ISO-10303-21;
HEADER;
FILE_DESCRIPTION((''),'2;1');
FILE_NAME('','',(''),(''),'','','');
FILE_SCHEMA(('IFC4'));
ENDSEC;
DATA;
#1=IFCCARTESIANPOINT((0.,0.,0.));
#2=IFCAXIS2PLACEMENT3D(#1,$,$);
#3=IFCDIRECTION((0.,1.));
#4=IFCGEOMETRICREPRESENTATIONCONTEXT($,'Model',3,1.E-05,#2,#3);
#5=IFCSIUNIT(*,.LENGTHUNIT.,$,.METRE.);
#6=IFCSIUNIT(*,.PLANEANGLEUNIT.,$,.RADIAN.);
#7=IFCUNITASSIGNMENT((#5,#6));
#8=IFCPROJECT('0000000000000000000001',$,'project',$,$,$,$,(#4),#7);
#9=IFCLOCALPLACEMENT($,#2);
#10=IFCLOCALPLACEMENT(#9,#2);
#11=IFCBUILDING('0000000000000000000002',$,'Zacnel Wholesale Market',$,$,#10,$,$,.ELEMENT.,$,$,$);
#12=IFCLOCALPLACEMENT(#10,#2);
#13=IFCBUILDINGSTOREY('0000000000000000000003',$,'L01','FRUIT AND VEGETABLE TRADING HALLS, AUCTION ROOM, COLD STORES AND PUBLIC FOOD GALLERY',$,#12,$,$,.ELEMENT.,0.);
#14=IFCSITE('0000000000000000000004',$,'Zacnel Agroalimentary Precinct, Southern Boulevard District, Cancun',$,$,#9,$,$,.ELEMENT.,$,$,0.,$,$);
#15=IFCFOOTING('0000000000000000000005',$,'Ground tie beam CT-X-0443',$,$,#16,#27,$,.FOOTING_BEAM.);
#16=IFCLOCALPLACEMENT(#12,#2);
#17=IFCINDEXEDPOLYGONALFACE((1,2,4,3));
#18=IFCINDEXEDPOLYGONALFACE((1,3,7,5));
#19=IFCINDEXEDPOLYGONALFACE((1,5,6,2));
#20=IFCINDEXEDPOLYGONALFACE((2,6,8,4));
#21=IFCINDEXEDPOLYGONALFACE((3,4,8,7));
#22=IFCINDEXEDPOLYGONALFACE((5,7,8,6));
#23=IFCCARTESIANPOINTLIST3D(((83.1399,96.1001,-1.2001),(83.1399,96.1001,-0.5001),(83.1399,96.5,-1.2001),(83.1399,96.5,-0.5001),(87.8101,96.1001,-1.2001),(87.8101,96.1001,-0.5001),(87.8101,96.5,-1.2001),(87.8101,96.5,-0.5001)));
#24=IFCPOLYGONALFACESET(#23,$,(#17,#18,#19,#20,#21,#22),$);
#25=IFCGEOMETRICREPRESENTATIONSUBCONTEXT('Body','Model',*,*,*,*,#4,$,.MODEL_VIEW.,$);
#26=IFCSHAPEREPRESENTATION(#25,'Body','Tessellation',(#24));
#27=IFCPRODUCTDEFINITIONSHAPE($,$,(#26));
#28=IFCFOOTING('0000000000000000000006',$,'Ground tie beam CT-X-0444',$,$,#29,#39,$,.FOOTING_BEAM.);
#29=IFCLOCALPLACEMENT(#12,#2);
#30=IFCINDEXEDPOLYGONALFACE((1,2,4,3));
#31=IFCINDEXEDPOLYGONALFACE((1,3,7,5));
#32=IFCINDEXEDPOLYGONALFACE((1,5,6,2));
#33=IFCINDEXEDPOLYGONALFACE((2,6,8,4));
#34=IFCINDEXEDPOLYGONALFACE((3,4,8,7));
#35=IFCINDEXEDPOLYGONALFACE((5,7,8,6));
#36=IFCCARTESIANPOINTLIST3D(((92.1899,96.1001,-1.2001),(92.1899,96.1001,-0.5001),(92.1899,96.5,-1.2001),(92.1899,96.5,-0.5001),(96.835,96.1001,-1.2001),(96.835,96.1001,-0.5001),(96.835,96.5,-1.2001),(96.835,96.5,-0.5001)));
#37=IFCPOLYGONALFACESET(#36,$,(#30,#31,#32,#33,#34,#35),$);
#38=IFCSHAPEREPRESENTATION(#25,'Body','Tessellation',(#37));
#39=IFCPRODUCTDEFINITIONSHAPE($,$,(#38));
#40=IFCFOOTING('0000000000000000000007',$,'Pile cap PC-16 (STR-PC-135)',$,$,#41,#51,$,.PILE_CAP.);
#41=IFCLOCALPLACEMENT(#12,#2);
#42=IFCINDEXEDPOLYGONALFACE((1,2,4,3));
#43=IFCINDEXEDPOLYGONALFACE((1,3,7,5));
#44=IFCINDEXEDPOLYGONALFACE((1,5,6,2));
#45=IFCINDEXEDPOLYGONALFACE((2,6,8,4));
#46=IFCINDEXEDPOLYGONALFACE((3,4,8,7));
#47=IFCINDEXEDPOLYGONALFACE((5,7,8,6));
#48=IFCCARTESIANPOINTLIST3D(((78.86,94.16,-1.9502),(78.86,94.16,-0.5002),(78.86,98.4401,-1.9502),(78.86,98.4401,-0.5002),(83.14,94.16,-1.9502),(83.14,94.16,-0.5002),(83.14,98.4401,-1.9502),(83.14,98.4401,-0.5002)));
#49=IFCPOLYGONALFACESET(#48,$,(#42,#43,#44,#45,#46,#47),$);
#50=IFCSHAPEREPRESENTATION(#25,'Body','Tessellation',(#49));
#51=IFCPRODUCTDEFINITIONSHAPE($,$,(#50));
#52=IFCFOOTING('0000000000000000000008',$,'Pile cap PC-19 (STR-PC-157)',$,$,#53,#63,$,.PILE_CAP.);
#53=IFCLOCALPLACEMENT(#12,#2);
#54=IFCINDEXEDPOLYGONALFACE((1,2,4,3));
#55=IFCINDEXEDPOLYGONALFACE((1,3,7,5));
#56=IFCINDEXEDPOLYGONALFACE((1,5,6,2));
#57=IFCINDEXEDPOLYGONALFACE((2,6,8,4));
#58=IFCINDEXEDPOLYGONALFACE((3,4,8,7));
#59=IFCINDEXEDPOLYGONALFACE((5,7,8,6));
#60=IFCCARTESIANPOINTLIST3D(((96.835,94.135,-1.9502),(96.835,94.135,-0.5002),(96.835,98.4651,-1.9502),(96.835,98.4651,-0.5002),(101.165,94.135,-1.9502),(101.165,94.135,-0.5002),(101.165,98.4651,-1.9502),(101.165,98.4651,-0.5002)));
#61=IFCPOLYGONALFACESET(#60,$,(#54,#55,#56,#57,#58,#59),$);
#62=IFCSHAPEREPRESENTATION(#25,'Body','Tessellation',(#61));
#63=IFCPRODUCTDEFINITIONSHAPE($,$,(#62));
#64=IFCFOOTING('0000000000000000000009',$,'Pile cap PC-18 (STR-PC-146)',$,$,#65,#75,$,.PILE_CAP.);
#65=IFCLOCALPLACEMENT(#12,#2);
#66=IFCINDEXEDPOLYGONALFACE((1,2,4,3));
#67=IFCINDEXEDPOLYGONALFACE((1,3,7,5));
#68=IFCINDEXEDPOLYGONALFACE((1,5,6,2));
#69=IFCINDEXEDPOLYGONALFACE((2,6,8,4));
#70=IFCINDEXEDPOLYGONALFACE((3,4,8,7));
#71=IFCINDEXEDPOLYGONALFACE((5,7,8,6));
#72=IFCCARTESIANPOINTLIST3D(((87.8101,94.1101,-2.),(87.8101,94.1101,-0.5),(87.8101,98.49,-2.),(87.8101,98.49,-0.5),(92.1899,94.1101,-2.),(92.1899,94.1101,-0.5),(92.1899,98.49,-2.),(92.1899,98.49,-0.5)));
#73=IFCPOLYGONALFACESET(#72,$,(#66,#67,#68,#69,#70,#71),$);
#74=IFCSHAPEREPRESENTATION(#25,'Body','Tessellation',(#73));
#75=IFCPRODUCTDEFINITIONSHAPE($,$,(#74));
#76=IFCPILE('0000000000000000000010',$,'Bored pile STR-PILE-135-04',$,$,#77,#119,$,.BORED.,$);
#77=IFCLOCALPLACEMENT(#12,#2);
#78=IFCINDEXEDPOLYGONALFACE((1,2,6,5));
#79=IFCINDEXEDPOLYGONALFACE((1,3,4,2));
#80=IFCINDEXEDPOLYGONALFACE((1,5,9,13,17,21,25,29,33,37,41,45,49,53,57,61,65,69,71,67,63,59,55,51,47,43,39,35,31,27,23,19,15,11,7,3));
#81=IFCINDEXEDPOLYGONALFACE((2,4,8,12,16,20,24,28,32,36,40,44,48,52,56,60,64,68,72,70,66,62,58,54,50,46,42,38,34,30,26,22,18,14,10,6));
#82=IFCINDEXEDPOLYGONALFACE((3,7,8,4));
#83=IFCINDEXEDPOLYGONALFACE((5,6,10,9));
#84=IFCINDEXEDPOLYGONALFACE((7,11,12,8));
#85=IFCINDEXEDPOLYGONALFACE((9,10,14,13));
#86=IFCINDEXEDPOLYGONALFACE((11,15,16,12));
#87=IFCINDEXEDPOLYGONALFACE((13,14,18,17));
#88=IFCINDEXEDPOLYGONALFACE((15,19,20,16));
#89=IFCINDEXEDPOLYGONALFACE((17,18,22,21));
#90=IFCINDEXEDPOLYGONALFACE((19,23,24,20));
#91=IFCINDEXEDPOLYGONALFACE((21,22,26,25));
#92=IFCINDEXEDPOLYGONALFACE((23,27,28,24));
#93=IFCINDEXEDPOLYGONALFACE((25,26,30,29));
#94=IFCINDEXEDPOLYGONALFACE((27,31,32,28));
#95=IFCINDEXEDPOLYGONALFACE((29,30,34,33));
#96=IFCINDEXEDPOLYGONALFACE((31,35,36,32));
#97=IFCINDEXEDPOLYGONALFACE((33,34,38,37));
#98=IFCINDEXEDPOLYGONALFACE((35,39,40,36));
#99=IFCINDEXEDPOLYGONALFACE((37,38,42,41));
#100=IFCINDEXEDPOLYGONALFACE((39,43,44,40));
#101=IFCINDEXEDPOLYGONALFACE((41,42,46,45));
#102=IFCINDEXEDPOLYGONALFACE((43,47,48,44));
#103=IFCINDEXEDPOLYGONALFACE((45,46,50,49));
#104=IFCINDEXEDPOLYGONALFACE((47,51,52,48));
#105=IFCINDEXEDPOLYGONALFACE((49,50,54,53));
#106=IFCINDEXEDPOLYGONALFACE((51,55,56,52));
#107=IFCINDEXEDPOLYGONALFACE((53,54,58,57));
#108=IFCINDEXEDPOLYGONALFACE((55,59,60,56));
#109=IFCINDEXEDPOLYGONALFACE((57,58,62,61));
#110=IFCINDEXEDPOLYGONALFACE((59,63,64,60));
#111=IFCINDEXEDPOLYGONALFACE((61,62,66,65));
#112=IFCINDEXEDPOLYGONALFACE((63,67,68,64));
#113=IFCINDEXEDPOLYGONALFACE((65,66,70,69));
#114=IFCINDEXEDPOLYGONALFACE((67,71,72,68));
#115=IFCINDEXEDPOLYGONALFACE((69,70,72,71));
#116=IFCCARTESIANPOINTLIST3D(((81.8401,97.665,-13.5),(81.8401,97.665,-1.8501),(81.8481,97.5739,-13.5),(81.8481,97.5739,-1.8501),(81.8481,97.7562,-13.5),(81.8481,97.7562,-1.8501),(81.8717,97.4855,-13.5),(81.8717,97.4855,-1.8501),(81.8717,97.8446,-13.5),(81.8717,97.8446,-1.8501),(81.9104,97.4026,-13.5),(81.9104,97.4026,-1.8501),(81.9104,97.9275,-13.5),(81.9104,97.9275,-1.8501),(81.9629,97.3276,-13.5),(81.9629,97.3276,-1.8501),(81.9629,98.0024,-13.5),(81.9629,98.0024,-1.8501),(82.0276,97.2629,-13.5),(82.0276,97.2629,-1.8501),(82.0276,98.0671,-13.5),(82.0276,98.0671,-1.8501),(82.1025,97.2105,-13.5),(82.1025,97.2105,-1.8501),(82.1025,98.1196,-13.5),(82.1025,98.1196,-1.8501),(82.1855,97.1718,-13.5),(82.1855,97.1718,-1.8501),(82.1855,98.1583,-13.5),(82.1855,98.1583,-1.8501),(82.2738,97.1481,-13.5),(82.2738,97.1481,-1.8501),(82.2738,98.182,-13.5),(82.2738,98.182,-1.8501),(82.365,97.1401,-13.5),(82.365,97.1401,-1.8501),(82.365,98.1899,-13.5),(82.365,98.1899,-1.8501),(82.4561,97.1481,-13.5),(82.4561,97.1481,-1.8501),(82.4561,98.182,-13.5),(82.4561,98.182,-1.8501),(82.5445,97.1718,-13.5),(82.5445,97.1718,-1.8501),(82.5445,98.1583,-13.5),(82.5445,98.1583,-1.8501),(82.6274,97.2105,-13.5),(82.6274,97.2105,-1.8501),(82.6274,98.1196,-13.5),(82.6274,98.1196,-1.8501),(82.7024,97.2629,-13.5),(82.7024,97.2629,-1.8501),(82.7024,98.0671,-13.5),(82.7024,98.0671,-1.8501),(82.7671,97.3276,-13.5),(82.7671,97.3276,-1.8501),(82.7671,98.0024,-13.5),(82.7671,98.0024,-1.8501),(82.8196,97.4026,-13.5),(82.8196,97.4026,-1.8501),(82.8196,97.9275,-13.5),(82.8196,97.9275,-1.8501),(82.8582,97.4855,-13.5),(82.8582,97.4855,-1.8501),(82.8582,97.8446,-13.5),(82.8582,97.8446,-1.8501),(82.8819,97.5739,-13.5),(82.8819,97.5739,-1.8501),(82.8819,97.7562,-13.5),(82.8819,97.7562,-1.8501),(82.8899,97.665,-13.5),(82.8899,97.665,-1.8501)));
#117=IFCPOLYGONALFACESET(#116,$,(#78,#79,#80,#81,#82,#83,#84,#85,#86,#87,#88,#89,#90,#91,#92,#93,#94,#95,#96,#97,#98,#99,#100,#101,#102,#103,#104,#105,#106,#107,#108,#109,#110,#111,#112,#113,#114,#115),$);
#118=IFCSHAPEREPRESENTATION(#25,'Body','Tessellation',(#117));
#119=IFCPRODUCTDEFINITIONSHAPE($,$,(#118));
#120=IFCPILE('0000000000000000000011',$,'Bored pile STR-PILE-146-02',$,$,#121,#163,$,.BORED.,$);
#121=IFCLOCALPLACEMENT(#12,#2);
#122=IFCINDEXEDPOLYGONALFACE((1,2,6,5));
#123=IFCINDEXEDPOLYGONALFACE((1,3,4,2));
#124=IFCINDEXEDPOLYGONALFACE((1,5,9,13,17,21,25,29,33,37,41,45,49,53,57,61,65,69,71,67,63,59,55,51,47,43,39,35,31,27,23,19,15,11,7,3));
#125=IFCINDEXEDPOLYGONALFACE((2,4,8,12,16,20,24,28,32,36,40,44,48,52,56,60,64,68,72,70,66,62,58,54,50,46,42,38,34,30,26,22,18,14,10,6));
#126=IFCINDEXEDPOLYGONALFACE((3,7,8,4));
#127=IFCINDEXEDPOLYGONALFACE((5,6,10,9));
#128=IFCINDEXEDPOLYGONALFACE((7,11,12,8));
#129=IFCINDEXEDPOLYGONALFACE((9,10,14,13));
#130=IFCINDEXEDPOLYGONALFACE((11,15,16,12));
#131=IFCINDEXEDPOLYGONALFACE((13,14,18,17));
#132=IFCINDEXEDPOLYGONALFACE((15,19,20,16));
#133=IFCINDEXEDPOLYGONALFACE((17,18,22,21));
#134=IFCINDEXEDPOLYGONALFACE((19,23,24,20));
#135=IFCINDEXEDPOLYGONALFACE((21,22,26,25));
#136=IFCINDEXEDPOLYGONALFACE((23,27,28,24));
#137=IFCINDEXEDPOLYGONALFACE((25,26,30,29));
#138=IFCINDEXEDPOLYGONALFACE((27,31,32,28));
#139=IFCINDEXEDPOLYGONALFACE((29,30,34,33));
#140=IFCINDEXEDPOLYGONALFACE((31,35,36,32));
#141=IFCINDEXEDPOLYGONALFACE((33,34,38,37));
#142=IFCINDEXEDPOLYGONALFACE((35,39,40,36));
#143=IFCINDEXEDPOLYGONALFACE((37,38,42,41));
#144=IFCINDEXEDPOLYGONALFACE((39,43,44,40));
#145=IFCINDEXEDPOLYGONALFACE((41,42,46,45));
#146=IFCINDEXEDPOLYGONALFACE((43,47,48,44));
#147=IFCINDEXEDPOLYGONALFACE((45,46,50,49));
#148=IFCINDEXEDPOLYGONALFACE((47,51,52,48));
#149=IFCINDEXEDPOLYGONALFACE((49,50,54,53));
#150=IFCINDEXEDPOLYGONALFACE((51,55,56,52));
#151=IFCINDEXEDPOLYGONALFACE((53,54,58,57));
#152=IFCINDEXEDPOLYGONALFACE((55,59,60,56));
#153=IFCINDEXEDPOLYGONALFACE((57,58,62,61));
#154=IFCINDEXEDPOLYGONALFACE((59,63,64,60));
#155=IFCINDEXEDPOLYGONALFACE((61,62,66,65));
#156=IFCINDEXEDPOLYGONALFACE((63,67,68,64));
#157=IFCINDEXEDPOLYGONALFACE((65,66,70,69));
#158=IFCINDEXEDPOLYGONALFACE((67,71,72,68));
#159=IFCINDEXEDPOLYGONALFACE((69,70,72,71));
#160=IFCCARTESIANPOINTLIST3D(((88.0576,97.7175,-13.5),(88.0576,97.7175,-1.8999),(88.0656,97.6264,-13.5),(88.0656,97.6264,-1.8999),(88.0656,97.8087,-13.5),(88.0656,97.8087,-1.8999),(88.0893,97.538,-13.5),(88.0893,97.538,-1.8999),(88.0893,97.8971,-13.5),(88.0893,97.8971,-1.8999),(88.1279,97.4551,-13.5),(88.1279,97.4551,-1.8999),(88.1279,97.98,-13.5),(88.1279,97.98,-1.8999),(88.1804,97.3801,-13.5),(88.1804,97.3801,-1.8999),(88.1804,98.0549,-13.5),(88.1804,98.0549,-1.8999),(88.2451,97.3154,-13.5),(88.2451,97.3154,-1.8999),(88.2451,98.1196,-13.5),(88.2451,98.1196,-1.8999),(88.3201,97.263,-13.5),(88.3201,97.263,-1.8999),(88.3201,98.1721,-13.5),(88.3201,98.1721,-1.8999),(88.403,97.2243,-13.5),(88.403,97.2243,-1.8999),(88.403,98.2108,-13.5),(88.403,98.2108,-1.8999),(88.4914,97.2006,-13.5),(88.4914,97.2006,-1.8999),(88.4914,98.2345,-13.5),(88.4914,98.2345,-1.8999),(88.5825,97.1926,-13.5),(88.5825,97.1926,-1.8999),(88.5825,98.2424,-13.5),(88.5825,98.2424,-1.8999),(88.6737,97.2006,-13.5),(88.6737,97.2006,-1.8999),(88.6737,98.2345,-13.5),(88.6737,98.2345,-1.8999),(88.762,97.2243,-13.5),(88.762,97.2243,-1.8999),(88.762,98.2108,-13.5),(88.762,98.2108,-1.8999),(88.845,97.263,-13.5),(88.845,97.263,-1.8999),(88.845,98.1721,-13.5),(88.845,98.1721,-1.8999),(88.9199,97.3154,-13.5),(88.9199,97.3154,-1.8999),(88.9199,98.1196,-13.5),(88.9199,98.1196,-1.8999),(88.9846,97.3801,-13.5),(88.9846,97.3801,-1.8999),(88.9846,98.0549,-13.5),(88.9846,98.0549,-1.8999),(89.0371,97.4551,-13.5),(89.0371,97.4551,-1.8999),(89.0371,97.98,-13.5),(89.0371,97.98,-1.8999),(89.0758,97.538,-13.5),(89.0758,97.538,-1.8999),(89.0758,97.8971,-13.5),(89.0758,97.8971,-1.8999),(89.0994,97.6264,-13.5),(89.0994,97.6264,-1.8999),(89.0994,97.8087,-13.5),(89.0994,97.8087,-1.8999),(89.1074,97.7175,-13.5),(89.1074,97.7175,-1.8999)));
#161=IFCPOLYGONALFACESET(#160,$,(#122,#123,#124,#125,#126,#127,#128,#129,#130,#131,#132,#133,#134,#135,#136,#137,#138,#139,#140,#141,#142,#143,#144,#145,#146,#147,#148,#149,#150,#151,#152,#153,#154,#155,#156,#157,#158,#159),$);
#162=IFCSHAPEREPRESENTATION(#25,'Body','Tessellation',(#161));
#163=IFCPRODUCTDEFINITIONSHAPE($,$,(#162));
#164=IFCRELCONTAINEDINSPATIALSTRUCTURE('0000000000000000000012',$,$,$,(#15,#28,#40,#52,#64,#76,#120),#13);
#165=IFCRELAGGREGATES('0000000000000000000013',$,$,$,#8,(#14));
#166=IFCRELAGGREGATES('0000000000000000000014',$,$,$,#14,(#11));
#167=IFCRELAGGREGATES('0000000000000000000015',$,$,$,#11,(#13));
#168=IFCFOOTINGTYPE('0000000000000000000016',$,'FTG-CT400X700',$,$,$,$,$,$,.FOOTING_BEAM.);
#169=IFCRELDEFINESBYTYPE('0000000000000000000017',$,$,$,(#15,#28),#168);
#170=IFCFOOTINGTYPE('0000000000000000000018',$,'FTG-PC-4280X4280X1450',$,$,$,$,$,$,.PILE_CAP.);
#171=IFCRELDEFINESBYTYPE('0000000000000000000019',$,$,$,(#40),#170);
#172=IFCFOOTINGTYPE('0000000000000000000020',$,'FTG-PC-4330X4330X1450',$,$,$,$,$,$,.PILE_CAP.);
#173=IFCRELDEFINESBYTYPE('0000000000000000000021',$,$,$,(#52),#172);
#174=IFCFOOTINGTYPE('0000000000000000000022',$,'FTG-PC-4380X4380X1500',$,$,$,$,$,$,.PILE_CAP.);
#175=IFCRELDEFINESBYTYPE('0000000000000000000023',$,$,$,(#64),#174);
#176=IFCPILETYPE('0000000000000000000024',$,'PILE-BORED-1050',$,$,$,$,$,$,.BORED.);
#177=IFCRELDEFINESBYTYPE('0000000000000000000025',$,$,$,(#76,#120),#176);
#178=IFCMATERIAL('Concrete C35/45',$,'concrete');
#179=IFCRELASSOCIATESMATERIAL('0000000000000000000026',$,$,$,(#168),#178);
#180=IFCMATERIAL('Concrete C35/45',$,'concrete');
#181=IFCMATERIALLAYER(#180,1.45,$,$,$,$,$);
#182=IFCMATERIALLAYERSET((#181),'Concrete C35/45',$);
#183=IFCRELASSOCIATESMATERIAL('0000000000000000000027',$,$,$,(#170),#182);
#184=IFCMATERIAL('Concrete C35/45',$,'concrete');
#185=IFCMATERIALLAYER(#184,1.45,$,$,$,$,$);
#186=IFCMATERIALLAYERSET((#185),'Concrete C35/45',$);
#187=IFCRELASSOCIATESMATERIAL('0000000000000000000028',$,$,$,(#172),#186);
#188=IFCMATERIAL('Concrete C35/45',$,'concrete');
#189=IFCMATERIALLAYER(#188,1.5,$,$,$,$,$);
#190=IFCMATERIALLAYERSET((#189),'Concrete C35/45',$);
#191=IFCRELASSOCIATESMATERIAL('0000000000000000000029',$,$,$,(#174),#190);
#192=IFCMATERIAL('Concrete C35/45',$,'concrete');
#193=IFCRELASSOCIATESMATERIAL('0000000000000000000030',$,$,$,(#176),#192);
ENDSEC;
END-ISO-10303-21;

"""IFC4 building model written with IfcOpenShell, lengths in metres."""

from ifc_helpers import new_model, si_unit, direction, frame, origin, origin_2d, place, context, subcontext, project, spatial, rectangle, circle, extrude, material, layer, layer_set, material_profile, profile_set, type_object, element, save


model = new_model("IFC4")

# Units and contexts
model_context = context("Model", 3, precision=1e-05, world=origin(), true_north=direction((0.0, 1.0)))
body_context = subcontext(model_context, "Body", "Model", "MODEL_VIEW")
ifc_project = project(units=[si_unit("LENGTHUNIT", "METRE"), si_unit("PLANEANGLEUNIT", "RADIAN")], contexts=[model_context])

# Site, building, storey
site_placement = place(None, origin())
site = spatial("IfcSite", under=ifc_project, at=site_placement, Name="Zacnel Agroalimentary Precinct, Southern Boulevard District, Cancun", CompositionType="ELEMENT", RefElevation=0.0)
building_placement = place(site_placement, origin())
building = spatial("IfcBuilding", under=site, at=building_placement, Name="Zacnel Wholesale Market", CompositionType="ELEMENT")
storey_placement = place(building_placement, origin())
storey = spatial("IfcBuildingStorey", under=building, at=storey_placement, Name="L01", Description="FRUIT AND VEGETABLE TRADING HALLS, AUCTION ROOM, COLD STORES AND PUBLIC FOOD GALLERY", CompositionType="ELEMENT", Elevation=0.0)

# Footings
ifc_material_1 = material(Name="Concrete C35/45", Category="concrete")
ifc_material_profile_1 = material_profile(ifc_material_1, rectangle(XDim=0.3999, YDim=0.7, at=origin_2d()), Name="CT 400x700")
ifc_profile_set_1 = profile_set([ifc_material_profile_1], Name="Concrete C35/45")
footing_type_1 = type_object("IfcFootingType", Name="FTG-CT400X700", PredefinedType="FOOTING_BEAM", material=ifc_profile_set_1)
footing_1_placement = place(storey_placement, frame((83.1399, 96.3, -0.8501), z_axis=(1.0, 0.0, 0.0), x_axis=(0.0, 1.0, 0.0)))
element("IfcFooting", 1, at=footing_1_placement, inside=storey, type_object=footing_type_1, Name="Ground tie beam CT-X-0443", PredefinedType="FOOTING_BEAM", context=body_context, shape_type="SweptSolid", body=[
    extrude(rectangle(XDim=0.3999, YDim=0.7, at=origin_2d()), origin(), (0.0, 0.0, 1.0), 4.6702),
])
footing_2_placement = place(storey_placement, frame((92.1899, 96.3, -0.8501), z_axis=(1.0, 0.0, 0.0), x_axis=(0.0, 1.0, 0.0)))
element("IfcFooting", 2, at=footing_2_placement, inside=storey, type_object=footing_type_1, Name="Ground tie beam CT-X-0444", PredefinedType="FOOTING_BEAM", context=body_context, shape_type="SweptSolid", body=[
    extrude(rectangle(XDim=0.3999, YDim=0.7, at=origin_2d()), origin(), (0.0, 0.0, 1.0), 4.645),
])
ifc_material_2 = material(Name="Concrete C35/45", Category="concrete")
ifc_layer_1 = layer(ifc_material_2, 1.45)
ifc_layer_set_1 = layer_set([ifc_layer_1], Name="Concrete C35/45")
footing_type_2 = type_object("IfcFootingType", Name="FTG-PC-4280X4280X1450", PredefinedType="PILE_CAP", material=ifc_layer_set_1)
footing_3_placement = place(storey_placement, frame((81.0, 96.3, -1.9502), z_axis=(0.0, 0.0, 1.0), x_axis=(1.0, 0.0, 0.0)))
element("IfcFooting", 3, at=footing_3_placement, inside=storey, type_object=footing_type_2, Name="Pile cap PC-16 (STR-PC-135)", PredefinedType="PILE_CAP", context=body_context, shape_type="SweptSolid", body=[
    extrude(rectangle(XDim=4.28, YDim=4.28, at=origin_2d()), origin(), (0.0, 0.0, 1.0), 1.45),
])
ifc_material_3 = material(Name="Concrete C35/45", Category="concrete")
ifc_layer_2 = layer(ifc_material_3, 1.45)
ifc_layer_set_2 = layer_set([ifc_layer_2], Name="Concrete C35/45")
footing_type_3 = type_object("IfcFootingType", Name="FTG-PC-4330X4330X1450", PredefinedType="PILE_CAP", material=ifc_layer_set_2)
footing_4_placement = place(storey_placement, frame((99.0, 96.3, -1.9502), z_axis=(0.0, 0.0, 1.0), x_axis=(1.0, 0.0, 0.0)))
element("IfcFooting", 4, at=footing_4_placement, inside=storey, type_object=footing_type_3, Name="Pile cap PC-19 (STR-PC-157)", PredefinedType="PILE_CAP", context=body_context, shape_type="SweptSolid", body=[
    extrude(rectangle(XDim=4.3301, YDim=4.3301, at=origin_2d()), origin(), (0.0, 0.0, 1.0), 1.45),
])
ifc_material_4 = material(Name="Concrete C35/45", Category="concrete")
ifc_layer_3 = layer(ifc_material_4, 1.5)
ifc_layer_set_3 = layer_set([ifc_layer_3], Name="Concrete C35/45")
footing_type_4 = type_object("IfcFootingType", Name="FTG-PC-4380X4380X1500", PredefinedType="PILE_CAP", material=ifc_layer_set_3)
footing_5_placement = place(storey_placement, frame((90.0, 96.3, -2.0), z_axis=(0.0, 0.0, 1.0), x_axis=(1.0, 0.0, 0.0)))
element("IfcFooting", 5, at=footing_5_placement, inside=storey, type_object=footing_type_4, Name="Pile cap PC-18 (STR-PC-146)", PredefinedType="PILE_CAP", context=body_context, shape_type="SweptSolid", body=[
    extrude(rectangle(XDim=4.3799, YDim=4.3799, at=origin_2d()), origin(), (0.0, 0.0, 1.0), 1.5),
])

# Piles
ifc_material_5 = material(Name="Concrete C35/45", Category="concrete")
ifc_material_profile_2 = material_profile(ifc_material_5, circle(Radius=0.5249, at=origin_2d()), Name="BORED PILE D1050")
ifc_profile_set_2 = profile_set([ifc_material_profile_2], Name="Concrete C35/45")
pile_type = type_object("IfcPileType", Name="PILE-BORED-1050", PredefinedType="BORED", material=ifc_profile_set_2)
pile_1_placement = place(storey_placement, frame((82.365, 97.665, -1.8501), z_axis=(0.0, 0.0, -1.0), x_axis=(1.0, 0.0, 0.0)))
element("IfcPile", 6, at=pile_1_placement, inside=storey, type_object=pile_type, Name="Bored pile STR-PILE-135-04", PredefinedType="BORED", context=body_context, shape_type="SweptSolid", body=[
    extrude(circle(Radius=0.5249, at=origin_2d()), origin(), (0.0, 0.0, 1.0), 11.6499),
])
for number, where, z_axis, x_axis, name in (
    (7, (88.5825, 97.7175, -1.8999), (0.0, 0.0, -1.0), (1.0, 0.0, 0.0), "Bored pile STR-PILE-146-02"),
):
    element("IfcPile", number, at=place(storey_placement, frame(where, z_axis=z_axis, x_axis=x_axis)), inside=storey, type_object=pile_type, Name=name, PredefinedType="BORED", context=body_context, shape_type="SweptSolid", body=[
        extrude(circle(Radius=0.5249, at=origin_2d()), origin(), (0.0, 0.0, 1.0), 11.6001),
    ])

save(model, "model.ifc")
